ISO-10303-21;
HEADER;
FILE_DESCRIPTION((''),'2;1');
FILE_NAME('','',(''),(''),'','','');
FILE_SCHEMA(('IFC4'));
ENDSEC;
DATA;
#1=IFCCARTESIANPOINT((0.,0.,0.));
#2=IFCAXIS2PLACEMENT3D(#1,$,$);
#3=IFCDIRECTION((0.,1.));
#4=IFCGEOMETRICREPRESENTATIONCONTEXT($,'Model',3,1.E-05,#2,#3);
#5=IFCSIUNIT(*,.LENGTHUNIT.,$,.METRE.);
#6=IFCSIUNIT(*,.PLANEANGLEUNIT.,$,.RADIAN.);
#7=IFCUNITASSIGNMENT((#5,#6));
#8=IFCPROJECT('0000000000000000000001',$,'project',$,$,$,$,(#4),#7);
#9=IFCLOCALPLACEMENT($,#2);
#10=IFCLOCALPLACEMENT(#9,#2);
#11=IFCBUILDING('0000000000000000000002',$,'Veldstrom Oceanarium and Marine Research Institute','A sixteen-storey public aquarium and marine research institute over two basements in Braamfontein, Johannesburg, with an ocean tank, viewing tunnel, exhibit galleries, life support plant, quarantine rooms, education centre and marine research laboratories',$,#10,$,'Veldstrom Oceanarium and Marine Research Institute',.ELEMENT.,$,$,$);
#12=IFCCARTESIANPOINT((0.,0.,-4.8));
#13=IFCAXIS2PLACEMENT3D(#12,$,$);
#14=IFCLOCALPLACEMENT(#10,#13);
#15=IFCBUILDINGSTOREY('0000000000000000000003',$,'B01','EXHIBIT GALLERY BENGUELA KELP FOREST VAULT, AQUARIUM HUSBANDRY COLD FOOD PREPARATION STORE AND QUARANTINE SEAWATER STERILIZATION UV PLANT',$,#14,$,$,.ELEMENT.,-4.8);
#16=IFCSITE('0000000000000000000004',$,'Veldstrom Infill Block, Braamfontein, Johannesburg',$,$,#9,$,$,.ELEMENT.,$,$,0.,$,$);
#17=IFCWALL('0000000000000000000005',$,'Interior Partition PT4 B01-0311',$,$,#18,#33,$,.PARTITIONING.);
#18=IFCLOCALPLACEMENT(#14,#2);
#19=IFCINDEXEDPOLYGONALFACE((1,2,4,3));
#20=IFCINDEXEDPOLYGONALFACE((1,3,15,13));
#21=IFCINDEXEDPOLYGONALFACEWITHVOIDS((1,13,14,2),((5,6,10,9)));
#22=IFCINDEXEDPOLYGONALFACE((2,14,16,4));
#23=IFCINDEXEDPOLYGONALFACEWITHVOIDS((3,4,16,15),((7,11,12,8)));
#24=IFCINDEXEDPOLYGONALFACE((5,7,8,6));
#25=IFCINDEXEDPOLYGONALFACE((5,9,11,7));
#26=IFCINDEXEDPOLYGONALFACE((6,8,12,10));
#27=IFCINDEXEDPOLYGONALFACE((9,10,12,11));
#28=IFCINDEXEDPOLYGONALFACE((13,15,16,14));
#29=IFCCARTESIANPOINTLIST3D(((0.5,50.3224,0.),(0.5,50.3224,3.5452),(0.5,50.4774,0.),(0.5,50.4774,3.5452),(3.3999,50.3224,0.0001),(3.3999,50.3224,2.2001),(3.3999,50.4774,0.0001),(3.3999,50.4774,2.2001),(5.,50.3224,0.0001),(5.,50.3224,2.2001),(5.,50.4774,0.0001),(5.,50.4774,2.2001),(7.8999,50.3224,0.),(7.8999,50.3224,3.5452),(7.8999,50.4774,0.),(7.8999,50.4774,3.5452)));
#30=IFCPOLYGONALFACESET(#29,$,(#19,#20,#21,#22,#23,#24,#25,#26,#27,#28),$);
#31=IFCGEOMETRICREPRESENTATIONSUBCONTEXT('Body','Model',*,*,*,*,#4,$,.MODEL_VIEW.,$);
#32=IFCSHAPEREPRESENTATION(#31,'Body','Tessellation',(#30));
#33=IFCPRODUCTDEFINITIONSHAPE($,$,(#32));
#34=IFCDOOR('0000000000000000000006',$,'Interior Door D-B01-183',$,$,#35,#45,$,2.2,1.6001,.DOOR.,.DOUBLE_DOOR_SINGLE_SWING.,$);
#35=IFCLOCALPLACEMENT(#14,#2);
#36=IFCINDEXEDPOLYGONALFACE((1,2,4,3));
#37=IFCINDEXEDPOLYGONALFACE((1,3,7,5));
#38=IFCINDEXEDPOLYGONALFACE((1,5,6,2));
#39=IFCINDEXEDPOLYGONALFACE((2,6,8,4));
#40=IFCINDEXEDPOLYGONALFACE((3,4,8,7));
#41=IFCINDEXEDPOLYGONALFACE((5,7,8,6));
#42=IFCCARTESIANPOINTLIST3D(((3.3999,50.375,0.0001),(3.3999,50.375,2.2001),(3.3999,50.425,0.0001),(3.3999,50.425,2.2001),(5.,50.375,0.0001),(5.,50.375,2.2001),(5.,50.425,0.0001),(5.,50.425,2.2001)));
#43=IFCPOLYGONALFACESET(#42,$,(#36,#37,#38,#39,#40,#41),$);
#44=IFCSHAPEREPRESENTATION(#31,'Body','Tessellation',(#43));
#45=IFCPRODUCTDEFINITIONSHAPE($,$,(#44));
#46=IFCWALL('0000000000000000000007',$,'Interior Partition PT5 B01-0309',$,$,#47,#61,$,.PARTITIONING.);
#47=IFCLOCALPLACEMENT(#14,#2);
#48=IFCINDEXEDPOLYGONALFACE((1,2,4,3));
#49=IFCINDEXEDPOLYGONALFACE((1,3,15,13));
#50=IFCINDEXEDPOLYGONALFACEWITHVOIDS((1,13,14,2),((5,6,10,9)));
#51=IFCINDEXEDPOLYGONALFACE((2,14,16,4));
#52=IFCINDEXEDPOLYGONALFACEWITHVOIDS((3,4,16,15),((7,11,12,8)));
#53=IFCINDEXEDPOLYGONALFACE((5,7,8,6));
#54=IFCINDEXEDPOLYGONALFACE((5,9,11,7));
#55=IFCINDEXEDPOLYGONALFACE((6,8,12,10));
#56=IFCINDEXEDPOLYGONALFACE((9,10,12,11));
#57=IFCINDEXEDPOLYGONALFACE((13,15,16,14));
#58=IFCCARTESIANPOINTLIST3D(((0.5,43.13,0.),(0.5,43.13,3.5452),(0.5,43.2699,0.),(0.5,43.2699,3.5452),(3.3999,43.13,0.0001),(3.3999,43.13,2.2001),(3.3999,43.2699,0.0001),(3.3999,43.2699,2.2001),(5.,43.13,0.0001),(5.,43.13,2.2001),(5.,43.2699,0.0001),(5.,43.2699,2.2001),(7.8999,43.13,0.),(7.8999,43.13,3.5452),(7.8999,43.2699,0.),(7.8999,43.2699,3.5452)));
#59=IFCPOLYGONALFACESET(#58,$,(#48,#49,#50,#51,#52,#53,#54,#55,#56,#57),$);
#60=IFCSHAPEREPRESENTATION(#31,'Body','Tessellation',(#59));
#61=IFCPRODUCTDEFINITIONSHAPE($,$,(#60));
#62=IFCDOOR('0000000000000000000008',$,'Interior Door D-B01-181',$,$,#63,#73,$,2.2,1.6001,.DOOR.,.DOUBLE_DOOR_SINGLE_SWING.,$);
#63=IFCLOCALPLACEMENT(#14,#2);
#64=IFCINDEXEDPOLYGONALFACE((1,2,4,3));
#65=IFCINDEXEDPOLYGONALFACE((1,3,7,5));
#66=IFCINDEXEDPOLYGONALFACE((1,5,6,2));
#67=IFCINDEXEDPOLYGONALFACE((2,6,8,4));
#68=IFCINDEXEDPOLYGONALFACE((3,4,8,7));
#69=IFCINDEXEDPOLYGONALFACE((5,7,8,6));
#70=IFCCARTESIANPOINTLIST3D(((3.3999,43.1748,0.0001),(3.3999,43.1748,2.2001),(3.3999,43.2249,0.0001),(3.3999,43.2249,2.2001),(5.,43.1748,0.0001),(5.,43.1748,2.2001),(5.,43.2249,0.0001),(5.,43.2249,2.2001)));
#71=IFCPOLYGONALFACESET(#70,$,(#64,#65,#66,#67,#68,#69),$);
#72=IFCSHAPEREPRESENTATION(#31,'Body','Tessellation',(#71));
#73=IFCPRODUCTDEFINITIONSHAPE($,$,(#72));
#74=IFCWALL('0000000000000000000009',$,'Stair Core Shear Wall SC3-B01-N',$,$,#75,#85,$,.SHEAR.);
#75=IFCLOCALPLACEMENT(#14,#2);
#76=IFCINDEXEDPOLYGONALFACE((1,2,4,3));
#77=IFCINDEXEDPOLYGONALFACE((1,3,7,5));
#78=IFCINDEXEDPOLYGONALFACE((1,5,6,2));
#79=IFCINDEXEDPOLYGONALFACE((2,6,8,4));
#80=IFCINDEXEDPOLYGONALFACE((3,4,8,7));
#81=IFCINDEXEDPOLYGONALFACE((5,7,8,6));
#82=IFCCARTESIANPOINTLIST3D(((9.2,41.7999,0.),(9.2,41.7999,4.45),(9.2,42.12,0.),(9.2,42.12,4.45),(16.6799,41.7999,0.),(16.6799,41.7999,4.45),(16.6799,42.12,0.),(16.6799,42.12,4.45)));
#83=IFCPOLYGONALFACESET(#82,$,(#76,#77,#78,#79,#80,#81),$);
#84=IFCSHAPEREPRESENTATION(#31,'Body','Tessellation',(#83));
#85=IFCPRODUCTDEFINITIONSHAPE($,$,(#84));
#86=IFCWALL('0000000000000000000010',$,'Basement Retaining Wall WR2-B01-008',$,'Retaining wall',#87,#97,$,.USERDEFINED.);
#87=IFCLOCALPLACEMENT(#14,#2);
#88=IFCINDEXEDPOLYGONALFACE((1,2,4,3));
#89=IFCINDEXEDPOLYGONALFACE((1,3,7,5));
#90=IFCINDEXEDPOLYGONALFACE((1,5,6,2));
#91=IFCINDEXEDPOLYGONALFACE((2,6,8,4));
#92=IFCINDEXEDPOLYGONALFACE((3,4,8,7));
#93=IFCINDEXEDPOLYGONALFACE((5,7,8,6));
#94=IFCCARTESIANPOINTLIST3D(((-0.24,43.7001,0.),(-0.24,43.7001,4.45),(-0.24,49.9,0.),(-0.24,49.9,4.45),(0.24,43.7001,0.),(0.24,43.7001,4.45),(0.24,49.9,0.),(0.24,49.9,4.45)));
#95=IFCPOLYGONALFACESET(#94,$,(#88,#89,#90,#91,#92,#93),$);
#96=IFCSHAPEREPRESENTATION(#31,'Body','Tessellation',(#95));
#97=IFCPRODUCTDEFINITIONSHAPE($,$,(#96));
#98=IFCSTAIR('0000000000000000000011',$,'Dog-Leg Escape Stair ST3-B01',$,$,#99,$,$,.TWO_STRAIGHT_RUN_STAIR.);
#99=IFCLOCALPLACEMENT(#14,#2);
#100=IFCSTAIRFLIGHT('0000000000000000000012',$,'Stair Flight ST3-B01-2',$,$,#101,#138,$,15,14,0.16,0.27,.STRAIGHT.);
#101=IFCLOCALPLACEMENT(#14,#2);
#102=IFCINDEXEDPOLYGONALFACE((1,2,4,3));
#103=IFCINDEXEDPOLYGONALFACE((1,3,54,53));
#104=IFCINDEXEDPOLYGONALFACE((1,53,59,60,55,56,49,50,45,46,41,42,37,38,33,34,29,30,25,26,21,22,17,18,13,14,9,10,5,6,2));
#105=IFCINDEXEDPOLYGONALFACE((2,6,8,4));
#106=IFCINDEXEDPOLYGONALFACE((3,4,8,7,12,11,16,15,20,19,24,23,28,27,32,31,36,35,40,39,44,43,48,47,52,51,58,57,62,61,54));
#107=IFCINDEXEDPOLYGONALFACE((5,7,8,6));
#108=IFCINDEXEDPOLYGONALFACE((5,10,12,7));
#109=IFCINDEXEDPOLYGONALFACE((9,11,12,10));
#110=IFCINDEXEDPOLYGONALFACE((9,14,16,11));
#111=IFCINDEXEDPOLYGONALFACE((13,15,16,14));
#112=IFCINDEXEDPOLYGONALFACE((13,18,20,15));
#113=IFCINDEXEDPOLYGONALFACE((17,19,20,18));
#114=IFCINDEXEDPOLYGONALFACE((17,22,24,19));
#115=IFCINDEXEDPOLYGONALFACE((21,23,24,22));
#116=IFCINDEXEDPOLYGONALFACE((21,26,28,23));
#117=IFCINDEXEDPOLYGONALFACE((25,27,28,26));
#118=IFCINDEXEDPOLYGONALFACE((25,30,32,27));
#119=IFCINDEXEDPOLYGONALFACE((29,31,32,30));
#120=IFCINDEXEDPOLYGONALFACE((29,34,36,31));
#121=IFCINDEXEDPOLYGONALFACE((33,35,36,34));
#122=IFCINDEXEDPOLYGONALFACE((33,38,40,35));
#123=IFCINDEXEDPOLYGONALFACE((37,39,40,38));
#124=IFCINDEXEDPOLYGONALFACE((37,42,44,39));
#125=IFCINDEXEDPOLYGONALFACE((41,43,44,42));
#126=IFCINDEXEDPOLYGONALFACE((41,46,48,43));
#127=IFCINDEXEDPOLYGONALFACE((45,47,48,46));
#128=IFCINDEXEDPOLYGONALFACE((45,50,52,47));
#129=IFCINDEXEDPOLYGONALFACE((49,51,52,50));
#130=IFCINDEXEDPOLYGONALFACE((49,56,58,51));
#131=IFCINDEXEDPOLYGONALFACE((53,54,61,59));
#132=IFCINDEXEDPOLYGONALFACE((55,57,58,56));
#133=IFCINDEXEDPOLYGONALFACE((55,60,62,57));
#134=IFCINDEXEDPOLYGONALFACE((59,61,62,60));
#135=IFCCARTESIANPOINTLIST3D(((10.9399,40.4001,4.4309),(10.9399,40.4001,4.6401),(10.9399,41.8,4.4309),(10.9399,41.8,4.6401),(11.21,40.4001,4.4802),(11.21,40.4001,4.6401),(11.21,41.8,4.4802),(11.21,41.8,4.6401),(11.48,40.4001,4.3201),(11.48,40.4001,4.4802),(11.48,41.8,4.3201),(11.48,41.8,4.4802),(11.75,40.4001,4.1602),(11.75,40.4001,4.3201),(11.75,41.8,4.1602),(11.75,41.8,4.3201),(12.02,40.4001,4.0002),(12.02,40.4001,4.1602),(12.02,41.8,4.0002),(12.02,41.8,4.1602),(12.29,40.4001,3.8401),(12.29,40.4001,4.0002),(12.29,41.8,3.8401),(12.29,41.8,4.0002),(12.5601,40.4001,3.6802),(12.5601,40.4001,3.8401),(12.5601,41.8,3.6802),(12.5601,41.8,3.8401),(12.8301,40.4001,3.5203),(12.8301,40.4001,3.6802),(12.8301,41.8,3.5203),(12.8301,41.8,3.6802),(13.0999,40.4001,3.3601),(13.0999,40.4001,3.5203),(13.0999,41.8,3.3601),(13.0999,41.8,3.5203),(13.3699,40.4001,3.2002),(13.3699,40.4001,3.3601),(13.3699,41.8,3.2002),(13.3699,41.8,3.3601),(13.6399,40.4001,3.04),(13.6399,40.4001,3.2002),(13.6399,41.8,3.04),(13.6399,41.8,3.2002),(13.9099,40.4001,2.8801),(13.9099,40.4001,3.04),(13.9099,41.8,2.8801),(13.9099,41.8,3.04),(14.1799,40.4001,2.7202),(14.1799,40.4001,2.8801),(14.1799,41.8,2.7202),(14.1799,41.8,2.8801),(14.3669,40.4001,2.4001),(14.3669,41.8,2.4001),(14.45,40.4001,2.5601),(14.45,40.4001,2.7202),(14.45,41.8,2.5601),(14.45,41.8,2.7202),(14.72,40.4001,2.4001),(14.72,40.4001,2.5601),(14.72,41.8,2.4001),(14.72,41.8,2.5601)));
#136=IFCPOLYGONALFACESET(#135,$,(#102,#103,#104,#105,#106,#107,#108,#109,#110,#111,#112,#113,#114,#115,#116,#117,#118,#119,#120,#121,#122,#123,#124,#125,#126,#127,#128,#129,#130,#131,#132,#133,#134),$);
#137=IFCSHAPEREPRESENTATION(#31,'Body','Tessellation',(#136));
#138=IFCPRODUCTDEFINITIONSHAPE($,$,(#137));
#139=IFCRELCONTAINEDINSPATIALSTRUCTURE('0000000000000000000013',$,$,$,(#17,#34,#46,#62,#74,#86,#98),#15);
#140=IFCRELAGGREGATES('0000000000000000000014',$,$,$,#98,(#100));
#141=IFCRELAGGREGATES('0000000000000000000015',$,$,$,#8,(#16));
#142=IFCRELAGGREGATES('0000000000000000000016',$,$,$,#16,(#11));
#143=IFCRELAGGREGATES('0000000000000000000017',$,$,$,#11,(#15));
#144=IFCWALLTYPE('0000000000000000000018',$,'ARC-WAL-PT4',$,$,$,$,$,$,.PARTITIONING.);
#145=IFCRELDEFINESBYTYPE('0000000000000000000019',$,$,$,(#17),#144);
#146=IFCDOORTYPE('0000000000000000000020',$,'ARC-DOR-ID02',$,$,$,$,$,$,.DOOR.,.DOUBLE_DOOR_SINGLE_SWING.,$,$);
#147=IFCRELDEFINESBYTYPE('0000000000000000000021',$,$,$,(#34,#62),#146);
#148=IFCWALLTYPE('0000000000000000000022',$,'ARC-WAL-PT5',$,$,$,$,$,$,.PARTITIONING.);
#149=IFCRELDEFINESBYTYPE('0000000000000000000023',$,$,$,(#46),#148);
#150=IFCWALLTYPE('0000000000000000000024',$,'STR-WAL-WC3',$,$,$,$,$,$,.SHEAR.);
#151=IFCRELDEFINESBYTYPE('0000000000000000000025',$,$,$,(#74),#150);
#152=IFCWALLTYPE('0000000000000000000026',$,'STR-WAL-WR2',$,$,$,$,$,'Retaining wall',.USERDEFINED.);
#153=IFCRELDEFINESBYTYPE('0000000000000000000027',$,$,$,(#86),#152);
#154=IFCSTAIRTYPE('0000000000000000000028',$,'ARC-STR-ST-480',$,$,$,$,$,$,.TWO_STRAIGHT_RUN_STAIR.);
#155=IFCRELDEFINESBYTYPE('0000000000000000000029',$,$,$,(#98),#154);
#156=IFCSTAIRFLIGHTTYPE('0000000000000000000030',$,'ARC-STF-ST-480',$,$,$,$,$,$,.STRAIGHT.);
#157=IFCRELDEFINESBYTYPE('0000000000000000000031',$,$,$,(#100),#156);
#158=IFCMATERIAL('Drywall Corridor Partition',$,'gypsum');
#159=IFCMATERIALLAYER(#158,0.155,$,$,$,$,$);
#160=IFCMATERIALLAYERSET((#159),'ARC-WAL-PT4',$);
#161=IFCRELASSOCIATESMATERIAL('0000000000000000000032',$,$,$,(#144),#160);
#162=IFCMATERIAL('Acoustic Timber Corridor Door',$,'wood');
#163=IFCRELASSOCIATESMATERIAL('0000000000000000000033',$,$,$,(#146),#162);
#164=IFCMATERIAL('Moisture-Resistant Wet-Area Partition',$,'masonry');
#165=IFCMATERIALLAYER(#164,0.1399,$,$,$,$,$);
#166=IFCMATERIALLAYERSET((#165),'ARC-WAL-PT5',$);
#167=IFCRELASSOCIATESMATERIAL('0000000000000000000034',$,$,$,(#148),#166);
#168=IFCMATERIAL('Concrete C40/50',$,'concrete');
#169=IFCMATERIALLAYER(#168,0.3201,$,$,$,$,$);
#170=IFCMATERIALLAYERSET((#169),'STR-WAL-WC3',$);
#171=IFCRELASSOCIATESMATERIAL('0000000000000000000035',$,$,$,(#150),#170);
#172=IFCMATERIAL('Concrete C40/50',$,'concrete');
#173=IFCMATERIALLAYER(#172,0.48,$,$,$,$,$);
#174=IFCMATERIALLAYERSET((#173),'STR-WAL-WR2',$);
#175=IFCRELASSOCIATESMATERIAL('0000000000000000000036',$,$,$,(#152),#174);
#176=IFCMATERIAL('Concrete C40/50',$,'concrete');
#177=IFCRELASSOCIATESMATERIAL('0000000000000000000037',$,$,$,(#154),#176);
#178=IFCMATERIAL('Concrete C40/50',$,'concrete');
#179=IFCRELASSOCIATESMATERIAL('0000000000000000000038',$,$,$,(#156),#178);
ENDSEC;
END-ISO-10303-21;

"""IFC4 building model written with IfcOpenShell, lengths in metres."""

from ifc_helpers import new_model, si_unit, direction, frame, frame_2d, origin, place, context, subcontext, project, spatial, polyline, rectangle, outline, extrude, material, layer, layer_set, type_object, element, fill, aggregate, save


model = new_model("IFC4")

# Units and contexts
model_context = context("Model", 3, precision=1e-05, world=origin(), true_north=direction((0.0, 1.0)))
body_context = subcontext(model_context, "Body", "Model", "MODEL_VIEW")
ifc_project = project(units=[si_unit("LENGTHUNIT", "METRE"), si_unit("PLANEANGLEUNIT", "RADIAN")], contexts=[model_context])

# Site, building, storey
site_placement = place(None, origin())
site = spatial("IfcSite", under=ifc_project, at=site_placement, Name="Veldstrom Infill Block, Braamfontein, Johannesburg", CompositionType="ELEMENT", RefElevation=0.0)
building_placement = place(site_placement, origin())
building = spatial("IfcBuilding", under=site, at=building_placement, Name="Veldstrom Oceanarium and Marine Research Institute", Description="A sixteen-storey public aquarium and marine research institute over two basements in Braamfontein, Johannesburg, with an ocean tank, viewing tunnel, exhibit galleries, life support plant, quarantine rooms, education centre and marine research laboratories", LongName="Veldstrom Oceanarium and Marine Research Institute", CompositionType="ELEMENT")
storey_placement = place(building_placement, frame((0.0, 0.0, -4.8)))
storey = spatial("IfcBuildingStorey", under=building, at=storey_placement, Name="B01", Description="EXHIBIT GALLERY BENGUELA KELP FOREST VAULT, AQUARIUM HUSBANDRY COLD FOOD PREPARATION STORE AND QUARANTINE SEAWATER STERILIZATION UV PLANT", CompositionType="ELEMENT", Elevation=-4.8)

# Walls, openings, doors
ifc_material_1 = material(Name="Drywall Corridor Partition", Category="gypsum")
ifc_layer_1 = layer(ifc_material_1, 0.155)
ifc_layer_set_1 = layer_set([ifc_layer_1], Name="ARC-WAL-PT4")
wall_type_1 = type_object("IfcWallType", Name="ARC-WAL-PT4", PredefinedType="PARTITIONING", material=ifc_layer_set_1)
wall_1_placement = place(storey_placement, frame((0.5, 50.3999, 0.0), z_axis=(0.0, 0.0, 1.0), x_axis=(1.0, 0.0, 0.0)))
wall_1 = element("IfcWall", 1, at=wall_1_placement, inside=storey, type_object=wall_type_1, Name="Interior Partition PT4 B01-0311", PredefinedType="PARTITIONING", context=body_context, shape_type="SweptSolid", body=[
    extrude(rectangle(XDim=7.3999, YDim=0.155, at=frame_2d((3.7, 0.0))), origin(), (0.0, 0.0, 1.0), 3.5452),
])
opening_1_placement = place(wall_1_placement, frame((2.8999, 0.0, 0.0)))
opening_1 = element("IfcOpeningElement", 2, at=opening_1_placement, cuts=wall_1, PredefinedType="OPENING", context=body_context, shape_type="SweptSolid", body=[
    extrude(rectangle(XDim=1.6001, YDim=2.2, at=frame_2d((0.8, 1.1001))), frame((0.0, 0.0874, 0.0), z_axis=(0.0, -1.0, 0.0), x_axis=(1.0, 0.0, 0.0)), (0.0, 0.0, 1.0), 0.175),
])
ifc_material_2 = material(Name="Acoustic Timber Corridor Door", Category="wood")
door_type_1 = type_object("IfcDoorType", Name="ARC-DOR-ID02", OperationType="DOUBLE_DOOR_SINGLE_SWING", PredefinedType="DOOR", material=ifc_material_2)
door_1_placement = place(opening_1_placement, frame((1.6001, 0.0, 0.0), z_axis=(0.0, 0.0, 1.0), x_axis=(-1.0, 0.0, 0.0)))
door_1 = element("IfcDoor", 3, at=door_1_placement, inside=storey, type_object=door_type_1, Name="Interior Door D-B01-183", OperationType="DOUBLE_DOOR_SINGLE_SWING", OverallHeight=2.2, OverallWidth=1.6001, PredefinedType="DOOR", context=body_context, shape_type="SweptSolid", body=[
    extrude(rectangle(XDim=1.6001, YDim=2.2, at=frame_2d((0.8, 1.1001))), frame((0.0, 0.0249, 0.0), z_axis=(0.0, -1.0, 0.0), x_axis=(1.0, 0.0, 0.0)), (0.0, 0.0, 1.0), 0.05),
])
fill(opening_1, door_1)
ifc_material_3 = material(Name="Moisture-Resistant Wet-Area Partition", Category="masonry")
ifc_layer_2 = layer(ifc_material_3, 0.1399)
ifc_layer_set_2 = layer_set([ifc_layer_2], Name="ARC-WAL-PT5")
wall_type_2 = type_object("IfcWallType", Name="ARC-WAL-PT5", PredefinedType="PARTITIONING", material=ifc_layer_set_2)
wall_2_placement = place(storey_placement, frame((0.5, 43.2, 0.0), z_axis=(0.0, 0.0, 1.0), x_axis=(1.0, 0.0, 0.0)))
wall_2 = element("IfcWall", 4, at=wall_2_placement, inside=storey, type_object=wall_type_2, Name="Interior Partition PT5 B01-0309", PredefinedType="PARTITIONING", context=body_context, shape_type="SweptSolid", body=[
    extrude(rectangle(XDim=7.3999, YDim=0.1399, at=frame_2d((3.7, 0.0))), origin(), (0.0, 0.0, 1.0), 3.5452),
])
opening_2_placement = place(wall_2_placement, frame((2.8999, 0.0, 0.0)))
opening_2 = element("IfcOpeningElement", 5, at=opening_2_placement, cuts=wall_2, PredefinedType="OPENING", context=body_context, shape_type="SweptSolid", body=[
    extrude(rectangle(XDim=1.6001, YDim=2.2, at=frame_2d((0.8, 1.1001))), frame((0.0, 0.0798, 0.0), z_axis=(0.0, -1.0, 0.0), x_axis=(1.0, 0.0, 0.0)), (0.0, 0.0, 1.0), 0.1599),
])
door_2_placement = place(opening_2_placement, origin())
door_2 = element("IfcDoor", 6, at=door_2_placement, inside=storey, type_object=door_type_1, Name="Interior Door D-B01-181", OperationType="DOUBLE_DOOR_SINGLE_SWING", OverallHeight=2.2, OverallWidth=1.6001, PredefinedType="DOOR", context=body_context, shape_type="SweptSolid", body=[
    extrude(rectangle(XDim=1.6001, YDim=2.2, at=frame_2d((0.8, 1.1001))), frame((0.0, 0.0249, 0.0), z_axis=(0.0, -1.0, 0.0), x_axis=(1.0, 0.0, 0.0)), (0.0, 0.0, 1.0), 0.05),
])
fill(opening_2, door_2)

# Walls
ifc_material_4 = material(Name="Concrete C40/50", Category="concrete")
ifc_layer_3 = layer(ifc_material_4, 0.3201)
ifc_layer_set_3 = layer_set([ifc_layer_3], Name="STR-WAL-WC3")
wall_type_3 = type_object("IfcWallType", Name="STR-WAL-WC3", PredefinedType="SHEAR", material=ifc_layer_set_3)
wall_3_placement = place(storey_placement, frame((9.2, 41.96, 0.0), z_axis=(0.0, 0.0, 1.0), x_axis=(1.0, 0.0, 0.0)))
element("IfcWall", 7, at=wall_3_placement, inside=storey, type_object=wall_type_3, Name="Stair Core Shear Wall SC3-B01-N", PredefinedType="SHEAR", context=body_context, shape_type="SweptSolid", body=[
    extrude(rectangle(XDim=7.48, YDim=0.3201, at=frame_2d((3.74, 0.0))), origin(), (0.0, 0.0, 1.0), 4.45),
])
ifc_material_5 = material(Name="Concrete C40/50", Category="concrete")
ifc_layer_4 = layer(ifc_material_5, 0.48)
ifc_layer_set_4 = layer_set([ifc_layer_4], Name="STR-WAL-WR2")
wall_type_4 = type_object("IfcWallType", Name="STR-WAL-WR2", ElementType="Retaining wall", PredefinedType="USERDEFINED", material=ifc_layer_set_4)
wall_4_placement = place(storey_placement, frame((0.0, 43.7, 0.0), z_axis=(0.0, 0.0, 1.0), x_axis=(0.0, 1.0, 0.0)))
element("IfcWall", 8, at=wall_4_placement, inside=storey, type_object=wall_type_4, Name="Basement Retaining Wall WR2-B01-008", ObjectType="Retaining wall", PredefinedType="USERDEFINED", context=body_context, shape_type="SweptSolid", body=[
    extrude(rectangle(XDim=6.2, YDim=0.48, at=frame_2d((3.1001, 0.0))), origin(), (0.0, 0.0, 1.0), 4.45),
])

# Stair, stair flight
ifc_material_6 = material(Name="Concrete C40/50", Category="concrete")
stair_type = type_object("IfcStairType", Name="ARC-STR-ST-480", PredefinedType="TWO_STRAIGHT_RUN_STAIR", material=ifc_material_6)
stair_placement = place(storey_placement, origin())
stair = element("IfcStair", 9, at=stair_placement, inside=storey, type_object=stair_type, Name="Dog-Leg Escape Stair ST3-B01", PredefinedType="TWO_STRAIGHT_RUN_STAIR")
ifc_material_7 = material(Name="Concrete C40/50", Category="concrete")
stair_flight_type = type_object("IfcStairFlightType", Name="ARC-STF-ST-480", PredefinedType="STRAIGHT", material=ifc_material_7)
stair_flight_placement = place(storey_placement, frame((14.72, 41.1001, 2.4001), z_axis=(0.0, 0.0, 1.0), x_axis=(-1.0, 0.0, 0.0)))
stair_flight = element("IfcStairFlight", 10, at=stair_flight_placement, type_object=stair_flight_type, Name="Stair Flight ST3-B01-2", NumberOfRisers=15, NumberOfTreads=14, PredefinedType="STRAIGHT", RiserHeight=0.16, TreadLength=0.27, context=body_context, shape_type="SweptSolid", body=[
    extrude(outline(polyline([(0.0, 0.0), (0.0, 0.1599), (0.27, 0.1599), (0.27, 0.3201), (0.54, 0.3201), (0.54, 0.48), (0.8101, 0.48), (0.8101, 0.6399), (1.0801, 0.6399), (1.0801, 0.8), (1.3501, 0.8), (1.3501, 0.96), (1.6201, 0.96), (1.6201, 1.1201), (1.8899, 1.1201), (1.8899, 1.28), (2.1599, 1.28), (2.1599, 1.4399), (2.4299, 1.4399), (2.4299, 1.6001), (2.7, 1.6001), (2.7, 1.76), (2.97, 1.76), (2.97, 1.9199), (3.24, 1.9199), (3.24, 2.0801), (3.51, 2.0801), (3.51, 2.24), (3.78, 2.24), (3.78, 2.3999), (3.78, 2.0308), (0.353, 0.0), (0.0, 0.0)])), frame((0.0, 0.7, 0.0), z_axis=(0.0, -1.0, 0.0), x_axis=(1.0, 0.0, 0.0)), (0.0, 0.0, 1.0), 1.3999),
])
aggregate(stair, [stair_flight])

save(model, "model.ifc")
